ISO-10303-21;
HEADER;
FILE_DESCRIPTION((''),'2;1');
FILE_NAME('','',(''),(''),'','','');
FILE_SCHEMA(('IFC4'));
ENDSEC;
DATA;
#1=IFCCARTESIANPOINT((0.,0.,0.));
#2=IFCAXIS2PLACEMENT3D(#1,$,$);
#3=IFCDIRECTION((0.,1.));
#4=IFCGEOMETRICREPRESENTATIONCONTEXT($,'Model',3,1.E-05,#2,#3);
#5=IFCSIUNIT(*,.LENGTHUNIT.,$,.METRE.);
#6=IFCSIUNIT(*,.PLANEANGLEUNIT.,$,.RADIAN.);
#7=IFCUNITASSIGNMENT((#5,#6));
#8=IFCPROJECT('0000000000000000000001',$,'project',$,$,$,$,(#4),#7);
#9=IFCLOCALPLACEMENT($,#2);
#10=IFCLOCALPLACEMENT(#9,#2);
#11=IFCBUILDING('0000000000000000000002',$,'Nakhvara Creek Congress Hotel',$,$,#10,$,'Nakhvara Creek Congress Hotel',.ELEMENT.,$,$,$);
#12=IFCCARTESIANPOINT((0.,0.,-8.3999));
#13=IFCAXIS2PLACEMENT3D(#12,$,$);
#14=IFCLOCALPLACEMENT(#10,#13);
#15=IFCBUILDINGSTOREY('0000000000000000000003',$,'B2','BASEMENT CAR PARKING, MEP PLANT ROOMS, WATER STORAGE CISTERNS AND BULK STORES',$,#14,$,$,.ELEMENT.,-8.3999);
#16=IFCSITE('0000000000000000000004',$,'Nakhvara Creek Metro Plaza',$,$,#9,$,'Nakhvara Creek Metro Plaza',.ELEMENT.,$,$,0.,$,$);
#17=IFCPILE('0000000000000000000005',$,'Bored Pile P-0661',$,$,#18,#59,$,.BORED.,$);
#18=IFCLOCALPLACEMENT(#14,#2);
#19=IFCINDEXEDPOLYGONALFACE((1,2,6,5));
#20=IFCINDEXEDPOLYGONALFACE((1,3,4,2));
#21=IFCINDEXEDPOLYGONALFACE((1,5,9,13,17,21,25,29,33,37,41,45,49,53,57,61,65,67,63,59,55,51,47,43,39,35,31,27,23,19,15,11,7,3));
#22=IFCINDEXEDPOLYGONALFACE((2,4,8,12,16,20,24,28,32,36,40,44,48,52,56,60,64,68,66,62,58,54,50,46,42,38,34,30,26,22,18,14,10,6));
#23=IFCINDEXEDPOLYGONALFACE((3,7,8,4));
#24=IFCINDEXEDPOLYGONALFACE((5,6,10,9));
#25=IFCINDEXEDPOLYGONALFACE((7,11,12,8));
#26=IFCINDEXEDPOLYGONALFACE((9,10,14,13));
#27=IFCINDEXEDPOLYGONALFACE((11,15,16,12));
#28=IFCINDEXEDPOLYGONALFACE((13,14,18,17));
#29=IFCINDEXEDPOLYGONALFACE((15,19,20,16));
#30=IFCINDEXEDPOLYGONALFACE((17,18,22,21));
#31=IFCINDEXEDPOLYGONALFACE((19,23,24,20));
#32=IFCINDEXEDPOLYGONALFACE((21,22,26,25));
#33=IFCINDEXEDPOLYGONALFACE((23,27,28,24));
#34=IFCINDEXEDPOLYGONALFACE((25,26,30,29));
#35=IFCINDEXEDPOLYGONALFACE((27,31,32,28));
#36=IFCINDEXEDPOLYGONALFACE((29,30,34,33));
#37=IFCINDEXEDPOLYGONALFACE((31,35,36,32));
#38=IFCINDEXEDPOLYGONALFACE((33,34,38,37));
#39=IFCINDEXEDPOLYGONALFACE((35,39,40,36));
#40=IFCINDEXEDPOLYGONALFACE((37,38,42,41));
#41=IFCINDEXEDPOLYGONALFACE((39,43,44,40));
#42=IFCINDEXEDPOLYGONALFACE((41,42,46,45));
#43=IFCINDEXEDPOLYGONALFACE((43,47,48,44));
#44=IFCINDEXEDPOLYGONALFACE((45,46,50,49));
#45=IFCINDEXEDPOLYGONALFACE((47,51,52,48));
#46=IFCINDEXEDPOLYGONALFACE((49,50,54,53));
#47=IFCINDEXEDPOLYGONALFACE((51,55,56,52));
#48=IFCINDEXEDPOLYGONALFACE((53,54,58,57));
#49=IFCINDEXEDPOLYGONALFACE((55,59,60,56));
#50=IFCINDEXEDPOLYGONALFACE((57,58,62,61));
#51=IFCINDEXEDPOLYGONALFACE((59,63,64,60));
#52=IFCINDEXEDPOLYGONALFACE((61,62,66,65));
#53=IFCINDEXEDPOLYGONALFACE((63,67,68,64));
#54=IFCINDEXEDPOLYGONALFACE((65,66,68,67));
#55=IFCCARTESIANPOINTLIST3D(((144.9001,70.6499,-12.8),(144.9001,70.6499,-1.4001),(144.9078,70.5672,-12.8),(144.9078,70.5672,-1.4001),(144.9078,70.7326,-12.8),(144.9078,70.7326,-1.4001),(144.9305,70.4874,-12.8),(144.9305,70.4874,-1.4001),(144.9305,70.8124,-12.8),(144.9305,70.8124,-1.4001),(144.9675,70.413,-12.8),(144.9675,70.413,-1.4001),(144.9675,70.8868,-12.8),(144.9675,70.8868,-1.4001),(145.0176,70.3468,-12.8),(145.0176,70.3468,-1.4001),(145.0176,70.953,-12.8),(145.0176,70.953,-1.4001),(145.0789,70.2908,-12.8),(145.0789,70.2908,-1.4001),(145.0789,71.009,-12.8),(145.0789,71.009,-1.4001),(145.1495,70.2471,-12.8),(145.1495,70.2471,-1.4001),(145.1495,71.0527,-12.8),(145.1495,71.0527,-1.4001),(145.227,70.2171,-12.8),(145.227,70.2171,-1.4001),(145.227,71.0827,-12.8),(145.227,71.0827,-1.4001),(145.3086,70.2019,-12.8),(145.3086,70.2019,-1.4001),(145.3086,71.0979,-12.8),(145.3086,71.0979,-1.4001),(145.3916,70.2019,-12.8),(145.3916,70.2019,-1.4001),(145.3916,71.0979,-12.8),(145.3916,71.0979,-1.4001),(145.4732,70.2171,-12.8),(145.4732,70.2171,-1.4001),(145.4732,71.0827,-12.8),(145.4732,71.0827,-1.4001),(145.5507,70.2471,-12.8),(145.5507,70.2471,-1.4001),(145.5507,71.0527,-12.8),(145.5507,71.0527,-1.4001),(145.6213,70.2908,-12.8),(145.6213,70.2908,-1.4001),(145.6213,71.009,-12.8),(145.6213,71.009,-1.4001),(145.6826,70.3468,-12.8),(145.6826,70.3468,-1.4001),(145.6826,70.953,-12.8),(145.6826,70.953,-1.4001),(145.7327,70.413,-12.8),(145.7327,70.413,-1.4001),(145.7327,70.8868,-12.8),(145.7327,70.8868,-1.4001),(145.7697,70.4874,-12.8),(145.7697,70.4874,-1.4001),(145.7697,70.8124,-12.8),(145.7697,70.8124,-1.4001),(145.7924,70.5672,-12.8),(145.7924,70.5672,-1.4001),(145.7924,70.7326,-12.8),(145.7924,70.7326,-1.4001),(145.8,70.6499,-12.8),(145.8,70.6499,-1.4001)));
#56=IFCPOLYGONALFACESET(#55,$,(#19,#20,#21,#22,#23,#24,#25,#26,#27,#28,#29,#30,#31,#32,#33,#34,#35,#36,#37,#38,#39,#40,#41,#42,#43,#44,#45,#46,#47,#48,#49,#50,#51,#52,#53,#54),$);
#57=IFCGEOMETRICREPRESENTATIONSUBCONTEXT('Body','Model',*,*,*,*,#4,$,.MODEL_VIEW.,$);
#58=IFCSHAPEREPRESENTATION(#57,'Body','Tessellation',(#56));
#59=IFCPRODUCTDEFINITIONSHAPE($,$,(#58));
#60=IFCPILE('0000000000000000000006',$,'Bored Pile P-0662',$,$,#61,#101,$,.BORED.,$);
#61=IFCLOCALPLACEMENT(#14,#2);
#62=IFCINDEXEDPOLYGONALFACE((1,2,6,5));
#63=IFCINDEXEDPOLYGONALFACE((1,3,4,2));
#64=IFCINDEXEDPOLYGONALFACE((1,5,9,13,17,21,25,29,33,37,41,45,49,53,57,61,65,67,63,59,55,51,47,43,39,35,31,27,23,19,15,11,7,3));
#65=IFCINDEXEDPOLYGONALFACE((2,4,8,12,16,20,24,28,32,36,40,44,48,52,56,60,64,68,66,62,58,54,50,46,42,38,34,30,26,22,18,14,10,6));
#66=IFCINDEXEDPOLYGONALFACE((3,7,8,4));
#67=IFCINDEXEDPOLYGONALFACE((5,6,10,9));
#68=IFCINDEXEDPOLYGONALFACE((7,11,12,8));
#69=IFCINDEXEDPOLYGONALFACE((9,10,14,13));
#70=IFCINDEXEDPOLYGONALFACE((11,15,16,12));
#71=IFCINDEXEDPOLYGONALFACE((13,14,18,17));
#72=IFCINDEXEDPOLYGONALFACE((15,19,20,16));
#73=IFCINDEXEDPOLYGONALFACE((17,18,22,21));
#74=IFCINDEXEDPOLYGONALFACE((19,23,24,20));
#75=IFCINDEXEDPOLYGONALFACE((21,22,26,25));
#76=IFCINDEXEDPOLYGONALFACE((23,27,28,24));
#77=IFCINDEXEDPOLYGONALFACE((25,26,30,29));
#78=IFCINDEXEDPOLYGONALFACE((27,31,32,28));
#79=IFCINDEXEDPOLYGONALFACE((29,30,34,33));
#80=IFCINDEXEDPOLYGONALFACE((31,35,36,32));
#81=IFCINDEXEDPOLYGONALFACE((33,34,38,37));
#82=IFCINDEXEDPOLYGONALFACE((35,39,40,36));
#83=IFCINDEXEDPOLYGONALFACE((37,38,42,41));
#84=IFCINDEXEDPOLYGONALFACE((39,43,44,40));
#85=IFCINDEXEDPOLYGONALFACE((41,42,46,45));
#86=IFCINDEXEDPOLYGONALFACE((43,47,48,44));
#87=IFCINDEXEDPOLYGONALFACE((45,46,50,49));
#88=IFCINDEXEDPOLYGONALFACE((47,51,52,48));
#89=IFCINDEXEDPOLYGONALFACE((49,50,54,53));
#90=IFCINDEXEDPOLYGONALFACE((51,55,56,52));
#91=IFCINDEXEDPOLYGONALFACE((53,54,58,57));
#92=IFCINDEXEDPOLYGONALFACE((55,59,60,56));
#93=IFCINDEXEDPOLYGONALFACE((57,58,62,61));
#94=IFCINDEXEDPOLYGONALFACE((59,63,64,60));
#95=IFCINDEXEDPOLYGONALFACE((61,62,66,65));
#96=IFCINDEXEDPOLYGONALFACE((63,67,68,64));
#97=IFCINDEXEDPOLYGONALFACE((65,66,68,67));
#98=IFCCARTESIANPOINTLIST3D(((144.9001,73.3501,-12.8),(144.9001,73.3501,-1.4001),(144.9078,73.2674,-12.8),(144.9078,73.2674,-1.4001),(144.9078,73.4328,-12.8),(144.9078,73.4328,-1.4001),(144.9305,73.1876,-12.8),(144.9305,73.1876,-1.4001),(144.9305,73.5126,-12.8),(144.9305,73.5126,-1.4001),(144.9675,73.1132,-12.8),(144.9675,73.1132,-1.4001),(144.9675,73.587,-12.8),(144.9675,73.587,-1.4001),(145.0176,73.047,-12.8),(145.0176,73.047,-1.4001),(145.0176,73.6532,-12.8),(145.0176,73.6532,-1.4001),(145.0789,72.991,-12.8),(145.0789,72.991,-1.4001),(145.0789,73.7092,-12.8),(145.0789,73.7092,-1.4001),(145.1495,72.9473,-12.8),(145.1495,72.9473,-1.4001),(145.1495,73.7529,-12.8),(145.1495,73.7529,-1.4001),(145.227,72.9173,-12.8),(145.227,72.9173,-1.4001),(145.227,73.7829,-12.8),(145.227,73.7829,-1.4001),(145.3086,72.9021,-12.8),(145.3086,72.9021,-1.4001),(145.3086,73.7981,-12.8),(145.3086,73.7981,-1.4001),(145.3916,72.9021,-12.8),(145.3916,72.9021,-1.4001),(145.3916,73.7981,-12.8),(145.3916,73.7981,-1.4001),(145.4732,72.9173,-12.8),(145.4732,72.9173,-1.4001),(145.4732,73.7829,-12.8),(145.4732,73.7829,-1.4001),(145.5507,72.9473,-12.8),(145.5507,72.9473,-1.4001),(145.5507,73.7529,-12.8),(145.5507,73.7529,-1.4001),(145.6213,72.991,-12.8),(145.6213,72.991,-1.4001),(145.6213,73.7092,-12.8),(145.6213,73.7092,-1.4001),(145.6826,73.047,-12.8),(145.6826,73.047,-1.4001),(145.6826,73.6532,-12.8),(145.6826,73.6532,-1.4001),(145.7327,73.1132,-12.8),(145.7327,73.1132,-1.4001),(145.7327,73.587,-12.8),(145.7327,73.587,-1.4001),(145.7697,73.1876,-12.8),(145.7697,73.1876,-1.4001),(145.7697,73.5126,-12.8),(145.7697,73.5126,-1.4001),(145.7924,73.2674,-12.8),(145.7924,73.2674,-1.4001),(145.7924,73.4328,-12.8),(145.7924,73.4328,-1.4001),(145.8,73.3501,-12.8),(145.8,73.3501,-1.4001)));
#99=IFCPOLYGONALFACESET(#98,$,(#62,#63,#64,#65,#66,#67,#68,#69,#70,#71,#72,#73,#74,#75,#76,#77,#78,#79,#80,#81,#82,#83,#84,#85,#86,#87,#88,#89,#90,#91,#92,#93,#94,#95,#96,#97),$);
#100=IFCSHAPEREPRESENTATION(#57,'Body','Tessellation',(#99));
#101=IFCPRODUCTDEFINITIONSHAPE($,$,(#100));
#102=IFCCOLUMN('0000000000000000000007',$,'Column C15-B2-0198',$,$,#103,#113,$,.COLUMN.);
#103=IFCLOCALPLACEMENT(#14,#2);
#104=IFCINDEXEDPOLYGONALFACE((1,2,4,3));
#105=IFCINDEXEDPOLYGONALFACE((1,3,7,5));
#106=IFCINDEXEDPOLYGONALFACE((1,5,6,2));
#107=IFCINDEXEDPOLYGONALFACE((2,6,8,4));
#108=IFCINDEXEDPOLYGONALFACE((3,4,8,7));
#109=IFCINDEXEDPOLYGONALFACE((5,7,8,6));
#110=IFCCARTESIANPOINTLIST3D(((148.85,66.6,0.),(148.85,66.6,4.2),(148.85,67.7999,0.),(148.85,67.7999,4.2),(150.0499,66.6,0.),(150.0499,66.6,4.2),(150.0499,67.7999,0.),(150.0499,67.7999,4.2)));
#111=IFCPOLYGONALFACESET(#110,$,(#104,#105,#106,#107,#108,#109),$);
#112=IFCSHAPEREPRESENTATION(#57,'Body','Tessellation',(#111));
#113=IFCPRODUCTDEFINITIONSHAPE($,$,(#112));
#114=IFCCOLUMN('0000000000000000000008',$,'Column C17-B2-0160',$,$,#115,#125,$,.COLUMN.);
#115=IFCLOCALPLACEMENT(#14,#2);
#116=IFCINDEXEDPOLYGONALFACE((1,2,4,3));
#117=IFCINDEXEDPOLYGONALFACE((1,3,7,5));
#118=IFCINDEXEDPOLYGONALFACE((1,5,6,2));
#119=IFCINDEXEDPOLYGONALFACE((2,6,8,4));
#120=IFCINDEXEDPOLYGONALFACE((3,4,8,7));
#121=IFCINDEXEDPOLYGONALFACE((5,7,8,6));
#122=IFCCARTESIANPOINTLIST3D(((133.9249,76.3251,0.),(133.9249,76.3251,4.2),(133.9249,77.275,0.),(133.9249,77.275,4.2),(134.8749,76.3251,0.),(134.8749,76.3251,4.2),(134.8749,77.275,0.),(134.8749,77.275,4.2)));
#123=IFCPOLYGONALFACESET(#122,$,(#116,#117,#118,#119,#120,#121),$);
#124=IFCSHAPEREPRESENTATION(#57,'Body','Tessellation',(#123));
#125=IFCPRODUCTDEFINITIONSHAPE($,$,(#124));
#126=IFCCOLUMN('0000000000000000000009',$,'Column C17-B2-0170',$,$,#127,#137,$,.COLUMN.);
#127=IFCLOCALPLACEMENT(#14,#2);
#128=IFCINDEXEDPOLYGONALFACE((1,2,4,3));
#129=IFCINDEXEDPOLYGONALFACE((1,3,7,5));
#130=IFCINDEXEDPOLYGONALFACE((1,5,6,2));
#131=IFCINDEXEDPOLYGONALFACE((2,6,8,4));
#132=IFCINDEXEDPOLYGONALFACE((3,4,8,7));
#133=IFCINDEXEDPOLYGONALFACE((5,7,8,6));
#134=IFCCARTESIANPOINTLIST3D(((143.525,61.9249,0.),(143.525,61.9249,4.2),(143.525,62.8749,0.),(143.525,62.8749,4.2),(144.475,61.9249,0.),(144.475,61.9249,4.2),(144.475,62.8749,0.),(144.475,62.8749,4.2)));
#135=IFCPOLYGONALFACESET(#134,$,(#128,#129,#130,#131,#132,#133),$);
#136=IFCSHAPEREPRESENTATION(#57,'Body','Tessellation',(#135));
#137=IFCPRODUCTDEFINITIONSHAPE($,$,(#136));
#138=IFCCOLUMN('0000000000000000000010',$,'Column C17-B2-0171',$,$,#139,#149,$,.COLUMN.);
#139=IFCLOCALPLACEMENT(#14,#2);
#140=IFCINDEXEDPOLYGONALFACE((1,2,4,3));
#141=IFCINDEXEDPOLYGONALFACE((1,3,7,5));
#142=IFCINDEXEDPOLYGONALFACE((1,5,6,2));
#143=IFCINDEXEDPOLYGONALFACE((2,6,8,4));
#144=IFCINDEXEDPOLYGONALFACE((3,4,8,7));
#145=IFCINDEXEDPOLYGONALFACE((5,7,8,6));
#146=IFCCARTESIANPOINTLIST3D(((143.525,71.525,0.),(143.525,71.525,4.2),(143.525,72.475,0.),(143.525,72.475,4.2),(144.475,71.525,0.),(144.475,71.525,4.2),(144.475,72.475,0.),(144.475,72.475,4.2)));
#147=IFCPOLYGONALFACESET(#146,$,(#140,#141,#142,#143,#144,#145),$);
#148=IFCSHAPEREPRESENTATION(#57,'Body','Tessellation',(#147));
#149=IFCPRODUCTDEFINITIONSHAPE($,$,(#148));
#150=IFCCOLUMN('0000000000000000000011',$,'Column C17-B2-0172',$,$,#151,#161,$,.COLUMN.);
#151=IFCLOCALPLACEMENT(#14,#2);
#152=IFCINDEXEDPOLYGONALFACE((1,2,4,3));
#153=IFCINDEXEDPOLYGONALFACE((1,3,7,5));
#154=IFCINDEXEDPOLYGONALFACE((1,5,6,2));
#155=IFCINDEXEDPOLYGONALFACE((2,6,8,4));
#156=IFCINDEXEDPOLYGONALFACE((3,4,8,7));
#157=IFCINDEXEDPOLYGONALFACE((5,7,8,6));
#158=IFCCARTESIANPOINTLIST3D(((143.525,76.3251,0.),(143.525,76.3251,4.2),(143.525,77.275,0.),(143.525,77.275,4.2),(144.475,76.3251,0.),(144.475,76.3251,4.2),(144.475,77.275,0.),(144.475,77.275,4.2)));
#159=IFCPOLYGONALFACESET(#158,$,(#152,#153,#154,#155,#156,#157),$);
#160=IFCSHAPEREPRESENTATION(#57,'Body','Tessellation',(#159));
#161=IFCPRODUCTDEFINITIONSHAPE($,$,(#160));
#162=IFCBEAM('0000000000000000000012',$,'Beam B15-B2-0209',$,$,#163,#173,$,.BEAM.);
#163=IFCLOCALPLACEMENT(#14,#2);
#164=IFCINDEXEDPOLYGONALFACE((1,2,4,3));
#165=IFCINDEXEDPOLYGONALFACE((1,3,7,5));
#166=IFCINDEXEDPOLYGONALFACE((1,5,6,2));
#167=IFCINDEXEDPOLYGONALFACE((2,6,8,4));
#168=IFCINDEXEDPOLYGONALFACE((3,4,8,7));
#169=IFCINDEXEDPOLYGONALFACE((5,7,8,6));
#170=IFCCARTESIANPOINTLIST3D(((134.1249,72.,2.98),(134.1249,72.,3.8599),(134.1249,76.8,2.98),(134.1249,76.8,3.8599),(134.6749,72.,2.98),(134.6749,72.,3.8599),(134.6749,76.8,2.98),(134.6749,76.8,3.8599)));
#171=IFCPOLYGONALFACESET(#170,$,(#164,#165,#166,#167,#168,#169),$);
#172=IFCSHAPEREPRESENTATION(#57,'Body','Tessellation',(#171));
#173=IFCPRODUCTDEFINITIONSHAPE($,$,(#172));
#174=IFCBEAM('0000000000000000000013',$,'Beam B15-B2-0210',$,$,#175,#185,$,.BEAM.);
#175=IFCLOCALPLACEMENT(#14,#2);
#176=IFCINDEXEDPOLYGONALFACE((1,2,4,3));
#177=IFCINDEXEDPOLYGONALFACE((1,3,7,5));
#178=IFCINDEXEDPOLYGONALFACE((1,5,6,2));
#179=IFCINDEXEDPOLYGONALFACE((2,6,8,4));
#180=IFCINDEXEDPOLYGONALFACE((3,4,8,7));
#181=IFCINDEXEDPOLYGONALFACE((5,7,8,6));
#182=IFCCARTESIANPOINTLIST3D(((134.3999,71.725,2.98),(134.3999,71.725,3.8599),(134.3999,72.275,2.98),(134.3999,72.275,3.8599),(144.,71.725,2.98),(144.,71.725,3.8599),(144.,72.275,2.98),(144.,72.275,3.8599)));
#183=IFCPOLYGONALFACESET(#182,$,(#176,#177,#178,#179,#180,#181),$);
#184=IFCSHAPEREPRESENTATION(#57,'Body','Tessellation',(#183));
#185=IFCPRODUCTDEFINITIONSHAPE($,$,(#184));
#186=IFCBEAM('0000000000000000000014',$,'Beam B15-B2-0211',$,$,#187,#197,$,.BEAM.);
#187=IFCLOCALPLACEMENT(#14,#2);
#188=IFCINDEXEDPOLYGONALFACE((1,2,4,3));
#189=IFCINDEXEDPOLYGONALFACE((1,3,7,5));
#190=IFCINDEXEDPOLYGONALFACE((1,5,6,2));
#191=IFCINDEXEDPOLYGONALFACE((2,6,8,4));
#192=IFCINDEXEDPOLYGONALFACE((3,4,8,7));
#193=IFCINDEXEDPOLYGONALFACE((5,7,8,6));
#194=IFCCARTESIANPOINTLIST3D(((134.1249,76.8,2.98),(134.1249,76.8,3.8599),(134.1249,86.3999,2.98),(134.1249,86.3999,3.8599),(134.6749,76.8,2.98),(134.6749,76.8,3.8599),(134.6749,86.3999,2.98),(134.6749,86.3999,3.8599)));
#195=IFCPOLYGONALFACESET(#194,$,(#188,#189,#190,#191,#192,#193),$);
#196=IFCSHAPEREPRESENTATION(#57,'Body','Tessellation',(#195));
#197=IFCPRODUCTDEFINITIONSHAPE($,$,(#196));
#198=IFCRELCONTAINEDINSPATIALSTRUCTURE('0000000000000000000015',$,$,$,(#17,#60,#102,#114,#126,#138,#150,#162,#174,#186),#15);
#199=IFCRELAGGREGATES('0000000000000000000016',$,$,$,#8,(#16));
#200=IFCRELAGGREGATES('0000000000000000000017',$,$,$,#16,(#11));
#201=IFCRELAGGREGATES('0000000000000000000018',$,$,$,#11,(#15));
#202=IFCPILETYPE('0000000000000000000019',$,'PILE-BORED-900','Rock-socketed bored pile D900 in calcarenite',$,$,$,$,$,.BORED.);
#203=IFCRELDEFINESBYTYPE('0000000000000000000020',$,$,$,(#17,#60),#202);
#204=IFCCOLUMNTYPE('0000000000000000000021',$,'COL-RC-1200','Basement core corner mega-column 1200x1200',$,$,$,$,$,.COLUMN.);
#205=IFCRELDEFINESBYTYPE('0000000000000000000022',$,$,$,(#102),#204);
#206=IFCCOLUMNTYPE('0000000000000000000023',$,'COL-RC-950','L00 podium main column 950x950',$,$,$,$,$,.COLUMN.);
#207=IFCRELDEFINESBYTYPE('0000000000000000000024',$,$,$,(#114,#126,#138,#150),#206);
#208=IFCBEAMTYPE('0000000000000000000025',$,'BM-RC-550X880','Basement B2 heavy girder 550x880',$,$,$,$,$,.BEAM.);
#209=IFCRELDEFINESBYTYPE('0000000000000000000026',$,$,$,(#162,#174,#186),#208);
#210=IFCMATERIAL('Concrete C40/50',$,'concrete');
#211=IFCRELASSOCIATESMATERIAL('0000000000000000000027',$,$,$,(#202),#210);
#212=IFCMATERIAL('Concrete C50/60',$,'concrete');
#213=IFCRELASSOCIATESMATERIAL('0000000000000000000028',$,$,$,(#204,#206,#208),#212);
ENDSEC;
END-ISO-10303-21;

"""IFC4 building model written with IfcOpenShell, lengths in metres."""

from ifc_helpers import new_model, si_unit, direction, frame, origin, origin_2d, place, context, subcontext, project, spatial, rectangle, circle, extrude, material, material_profile, profile_set, type_object, element, save


model = new_model("IFC4")

# Units and contexts
model_context = context("Model", 3, precision=1e-05, world=origin(), true_north=direction((0.0, 1.0)))
body_context = subcontext(model_context, "Body", "Model", "MODEL_VIEW")
ifc_project = project(units=[si_unit("LENGTHUNIT", "METRE"), si_unit("PLANEANGLEUNIT", "RADIAN")], contexts=[model_context])

# Site, building, storey
site_placement = place(None, origin())
site = spatial("IfcSite", under=ifc_project, at=site_placement, Name="Nakhvara Creek Metro Plaza", LongName="Nakhvara Creek Metro Plaza", CompositionType="ELEMENT", RefElevation=0.0)
building_placement = place(site_placement, origin())
building = spatial("IfcBuilding", under=site, at=building_placement, Name="Nakhvara Creek Congress Hotel", LongName="Nakhvara Creek Congress Hotel", CompositionType="ELEMENT")
storey_placement = place(building_placement, frame((0.0, 0.0, -8.3999)))
storey = spatial("IfcBuildingStorey", under=building, at=storey_placement, Name="B2", Description="BASEMENT CAR PARKING, MEP PLANT ROOMS, WATER STORAGE CISTERNS AND BULK STORES", CompositionType="ELEMENT", Elevation=-8.3999)

# Shared definitions
ifc_material_1 = material(Name="Concrete C40/50", Category="concrete")

# Piles
ifc_material_profile_1 = material_profile(ifc_material_1, circle(Radius=0.45, at=origin_2d()), Name="BORED PILE D900", Category="LoadBearing")
ifc_profile_set_1 = profile_set([ifc_material_profile_1], Name="Concrete C40/50")
pile_type_1 = type_object("IfcPileType", Name="PILE-BORED-900", Description="Rock-socketed bored pile D900 in calcarenite", PredefinedType="BORED", material=ifc_profile_set_1)
for number, where, z_axis, x_axis, name in (
    (1, (145.3501, 70.6499, -1.4001), (0.0, 0.0, -1.0), (1.0, 0.0, 0.0), "Bored Pile P-0661"),
    (2, (145.3501, 73.3501, -1.4001), (0.0, 0.0, -1.0), (1.0, 0.0, 0.0), "Bored Pile P-0662"),
):
    element("IfcPile", number, at=place(storey_placement, frame(where, z_axis=z_axis, x_axis=x_axis)), inside=storey, type_object=pile_type_1, Name=name, PredefinedType="BORED", context=body_context, shape_type="SweptSolid", body=[
        extrude(circle(Radius=0.45, at=origin_2d()), origin(), (0.0, 0.0, 1.0), 11.3999),
    ])

# Columns
ifc_material_2 = material(Name="Concrete C50/60", Category="concrete")
ifc_material_profile_2 = material_profile(ifc_material_2, rectangle(XDim=1.2, YDim=1.2, at=origin_2d()), Name="RC-COL 1200x1200", Category="LoadBearing")
ifc_profile_set_2 = profile_set([ifc_material_profile_2], Name="Concrete C50/60")
column_type_1 = type_object("IfcColumnType", Name="COL-RC-1200", Description="Basement core corner mega-column 1200x1200", PredefinedType="COLUMN", material=ifc_profile_set_2)
column_placement = place(storey_placement, frame((149.45, 67.2, 0.0), z_axis=(0.0, 0.0, 1.0), x_axis=(1.0, 0.0, 0.0)))
element("IfcColumn", 3, at=column_placement, inside=storey, type_object=column_type_1, Name="Column C15-B2-0198", PredefinedType="COLUMN", context=body_context, shape_type="SweptSolid", body=[
    extrude(rectangle(XDim=1.2, YDim=1.2, at=origin_2d()), origin(), (0.0, 0.0, 1.0), 4.2),
])
ifc_material_profile_3 = material_profile(ifc_material_2, rectangle(XDim=0.95, YDim=0.95, at=origin_2d()), Name="RC-COL 950x950", Category="LoadBearing")
ifc_profile_set_3 = profile_set([ifc_material_profile_3], Name="Concrete C50/60")
column_type_2 = type_object("IfcColumnType", Name="COL-RC-950", Description="L00 podium main column 950x950", PredefinedType="COLUMN", material=ifc_profile_set_3)
for number, where, z_axis, x_axis, name in (
    (4, (134.3999, 76.8, 0.0), (0.0, 0.0, 1.0), (1.0, 0.0, 0.0), "Column C17-B2-0160"),
    (5, (144.0, 62.3999, 0.0), (0.0, 0.0, 1.0), (1.0, 0.0, 0.0), "Column C17-B2-0170"),
    (6, (144.0, 72.0, 0.0), (0.0, 0.0, 1.0), (1.0, 0.0, 0.0), "Column C17-B2-0171"),
    (7, (144.0, 76.8, 0.0), (0.0, 0.0, 1.0), (1.0, 0.0, 0.0), "Column C17-B2-0172"),
):
    element("IfcColumn", number, at=place(storey_placement, frame(where, z_axis=z_axis, x_axis=x_axis)), inside=storey, type_object=column_type_2, Name=name, PredefinedType="COLUMN", context=body_context, shape_type="SweptSolid", body=[
        extrude(rectangle(XDim=0.95, YDim=0.95, at=origin_2d()), origin(), (0.0, 0.0, 1.0), 4.2),
    ])

# Beams
ifc_material_profile_4 = material_profile(ifc_material_2, rectangle(XDim=0.55, YDim=0.8799, at=origin_2d()), Name="RC-BM 550x880", Category="LoadBearing")
ifc_profile_set_4 = profile_set([ifc_material_profile_4], Name="Concrete C50/60")
beam_type = type_object("IfcBeamType", Name="BM-RC-550X880", Description="Basement B2 heavy girder 550x880", PredefinedType="BEAM", material=ifc_profile_set_4)
beam_1_placement = place(storey_placement, frame((134.3999, 72.0, 3.4199), z_axis=(0.0, 1.0, 0.0), x_axis=(-1.0, 0.0, 0.0)))
element("IfcBeam", 8, at=beam_1_placement, inside=storey, type_object=beam_type, Name="Beam B15-B2-0209", PredefinedType="BEAM", context=body_context, shape_type="SweptSolid", body=[
    extrude(rectangle(XDim=0.55, YDim=0.8799, at=origin_2d()), origin(), (0.0, 0.0, 1.0), 4.8),
])
beam_2_placement = place(storey_placement, frame((134.3999, 72.0, 3.4199), z_axis=(1.0, 0.0, 0.0), x_axis=(0.0, 1.0, 0.0)))
element("IfcBeam", 9, at=beam_2_placement, inside=storey, type_object=beam_type, Name="Beam B15-B2-0210", PredefinedType="BEAM", context=body_context, shape_type="SweptSolid", body=[
    extrude(rectangle(XDim=0.55, YDim=0.8799, at=origin_2d()), origin(), (0.0, 0.0, 1.0), 9.6001),
])
beam_3_placement = place(storey_placement, frame((134.3999, 76.8, 3.4199), z_axis=(0.0, 1.0, 0.0), x_axis=(-1.0, 0.0, 0.0)))
element("IfcBeam", 10, at=beam_3_placement, inside=storey, type_object=beam_type, Name="Beam B15-B2-0211", PredefinedType="BEAM", context=body_context, shape_type="SweptSolid", body=[
    extrude(rectangle(XDim=0.55, YDim=0.8799, at=origin_2d()), origin(), (0.0, 0.0, 1.0), 9.5999),
])

save(model, "model.ifc")
